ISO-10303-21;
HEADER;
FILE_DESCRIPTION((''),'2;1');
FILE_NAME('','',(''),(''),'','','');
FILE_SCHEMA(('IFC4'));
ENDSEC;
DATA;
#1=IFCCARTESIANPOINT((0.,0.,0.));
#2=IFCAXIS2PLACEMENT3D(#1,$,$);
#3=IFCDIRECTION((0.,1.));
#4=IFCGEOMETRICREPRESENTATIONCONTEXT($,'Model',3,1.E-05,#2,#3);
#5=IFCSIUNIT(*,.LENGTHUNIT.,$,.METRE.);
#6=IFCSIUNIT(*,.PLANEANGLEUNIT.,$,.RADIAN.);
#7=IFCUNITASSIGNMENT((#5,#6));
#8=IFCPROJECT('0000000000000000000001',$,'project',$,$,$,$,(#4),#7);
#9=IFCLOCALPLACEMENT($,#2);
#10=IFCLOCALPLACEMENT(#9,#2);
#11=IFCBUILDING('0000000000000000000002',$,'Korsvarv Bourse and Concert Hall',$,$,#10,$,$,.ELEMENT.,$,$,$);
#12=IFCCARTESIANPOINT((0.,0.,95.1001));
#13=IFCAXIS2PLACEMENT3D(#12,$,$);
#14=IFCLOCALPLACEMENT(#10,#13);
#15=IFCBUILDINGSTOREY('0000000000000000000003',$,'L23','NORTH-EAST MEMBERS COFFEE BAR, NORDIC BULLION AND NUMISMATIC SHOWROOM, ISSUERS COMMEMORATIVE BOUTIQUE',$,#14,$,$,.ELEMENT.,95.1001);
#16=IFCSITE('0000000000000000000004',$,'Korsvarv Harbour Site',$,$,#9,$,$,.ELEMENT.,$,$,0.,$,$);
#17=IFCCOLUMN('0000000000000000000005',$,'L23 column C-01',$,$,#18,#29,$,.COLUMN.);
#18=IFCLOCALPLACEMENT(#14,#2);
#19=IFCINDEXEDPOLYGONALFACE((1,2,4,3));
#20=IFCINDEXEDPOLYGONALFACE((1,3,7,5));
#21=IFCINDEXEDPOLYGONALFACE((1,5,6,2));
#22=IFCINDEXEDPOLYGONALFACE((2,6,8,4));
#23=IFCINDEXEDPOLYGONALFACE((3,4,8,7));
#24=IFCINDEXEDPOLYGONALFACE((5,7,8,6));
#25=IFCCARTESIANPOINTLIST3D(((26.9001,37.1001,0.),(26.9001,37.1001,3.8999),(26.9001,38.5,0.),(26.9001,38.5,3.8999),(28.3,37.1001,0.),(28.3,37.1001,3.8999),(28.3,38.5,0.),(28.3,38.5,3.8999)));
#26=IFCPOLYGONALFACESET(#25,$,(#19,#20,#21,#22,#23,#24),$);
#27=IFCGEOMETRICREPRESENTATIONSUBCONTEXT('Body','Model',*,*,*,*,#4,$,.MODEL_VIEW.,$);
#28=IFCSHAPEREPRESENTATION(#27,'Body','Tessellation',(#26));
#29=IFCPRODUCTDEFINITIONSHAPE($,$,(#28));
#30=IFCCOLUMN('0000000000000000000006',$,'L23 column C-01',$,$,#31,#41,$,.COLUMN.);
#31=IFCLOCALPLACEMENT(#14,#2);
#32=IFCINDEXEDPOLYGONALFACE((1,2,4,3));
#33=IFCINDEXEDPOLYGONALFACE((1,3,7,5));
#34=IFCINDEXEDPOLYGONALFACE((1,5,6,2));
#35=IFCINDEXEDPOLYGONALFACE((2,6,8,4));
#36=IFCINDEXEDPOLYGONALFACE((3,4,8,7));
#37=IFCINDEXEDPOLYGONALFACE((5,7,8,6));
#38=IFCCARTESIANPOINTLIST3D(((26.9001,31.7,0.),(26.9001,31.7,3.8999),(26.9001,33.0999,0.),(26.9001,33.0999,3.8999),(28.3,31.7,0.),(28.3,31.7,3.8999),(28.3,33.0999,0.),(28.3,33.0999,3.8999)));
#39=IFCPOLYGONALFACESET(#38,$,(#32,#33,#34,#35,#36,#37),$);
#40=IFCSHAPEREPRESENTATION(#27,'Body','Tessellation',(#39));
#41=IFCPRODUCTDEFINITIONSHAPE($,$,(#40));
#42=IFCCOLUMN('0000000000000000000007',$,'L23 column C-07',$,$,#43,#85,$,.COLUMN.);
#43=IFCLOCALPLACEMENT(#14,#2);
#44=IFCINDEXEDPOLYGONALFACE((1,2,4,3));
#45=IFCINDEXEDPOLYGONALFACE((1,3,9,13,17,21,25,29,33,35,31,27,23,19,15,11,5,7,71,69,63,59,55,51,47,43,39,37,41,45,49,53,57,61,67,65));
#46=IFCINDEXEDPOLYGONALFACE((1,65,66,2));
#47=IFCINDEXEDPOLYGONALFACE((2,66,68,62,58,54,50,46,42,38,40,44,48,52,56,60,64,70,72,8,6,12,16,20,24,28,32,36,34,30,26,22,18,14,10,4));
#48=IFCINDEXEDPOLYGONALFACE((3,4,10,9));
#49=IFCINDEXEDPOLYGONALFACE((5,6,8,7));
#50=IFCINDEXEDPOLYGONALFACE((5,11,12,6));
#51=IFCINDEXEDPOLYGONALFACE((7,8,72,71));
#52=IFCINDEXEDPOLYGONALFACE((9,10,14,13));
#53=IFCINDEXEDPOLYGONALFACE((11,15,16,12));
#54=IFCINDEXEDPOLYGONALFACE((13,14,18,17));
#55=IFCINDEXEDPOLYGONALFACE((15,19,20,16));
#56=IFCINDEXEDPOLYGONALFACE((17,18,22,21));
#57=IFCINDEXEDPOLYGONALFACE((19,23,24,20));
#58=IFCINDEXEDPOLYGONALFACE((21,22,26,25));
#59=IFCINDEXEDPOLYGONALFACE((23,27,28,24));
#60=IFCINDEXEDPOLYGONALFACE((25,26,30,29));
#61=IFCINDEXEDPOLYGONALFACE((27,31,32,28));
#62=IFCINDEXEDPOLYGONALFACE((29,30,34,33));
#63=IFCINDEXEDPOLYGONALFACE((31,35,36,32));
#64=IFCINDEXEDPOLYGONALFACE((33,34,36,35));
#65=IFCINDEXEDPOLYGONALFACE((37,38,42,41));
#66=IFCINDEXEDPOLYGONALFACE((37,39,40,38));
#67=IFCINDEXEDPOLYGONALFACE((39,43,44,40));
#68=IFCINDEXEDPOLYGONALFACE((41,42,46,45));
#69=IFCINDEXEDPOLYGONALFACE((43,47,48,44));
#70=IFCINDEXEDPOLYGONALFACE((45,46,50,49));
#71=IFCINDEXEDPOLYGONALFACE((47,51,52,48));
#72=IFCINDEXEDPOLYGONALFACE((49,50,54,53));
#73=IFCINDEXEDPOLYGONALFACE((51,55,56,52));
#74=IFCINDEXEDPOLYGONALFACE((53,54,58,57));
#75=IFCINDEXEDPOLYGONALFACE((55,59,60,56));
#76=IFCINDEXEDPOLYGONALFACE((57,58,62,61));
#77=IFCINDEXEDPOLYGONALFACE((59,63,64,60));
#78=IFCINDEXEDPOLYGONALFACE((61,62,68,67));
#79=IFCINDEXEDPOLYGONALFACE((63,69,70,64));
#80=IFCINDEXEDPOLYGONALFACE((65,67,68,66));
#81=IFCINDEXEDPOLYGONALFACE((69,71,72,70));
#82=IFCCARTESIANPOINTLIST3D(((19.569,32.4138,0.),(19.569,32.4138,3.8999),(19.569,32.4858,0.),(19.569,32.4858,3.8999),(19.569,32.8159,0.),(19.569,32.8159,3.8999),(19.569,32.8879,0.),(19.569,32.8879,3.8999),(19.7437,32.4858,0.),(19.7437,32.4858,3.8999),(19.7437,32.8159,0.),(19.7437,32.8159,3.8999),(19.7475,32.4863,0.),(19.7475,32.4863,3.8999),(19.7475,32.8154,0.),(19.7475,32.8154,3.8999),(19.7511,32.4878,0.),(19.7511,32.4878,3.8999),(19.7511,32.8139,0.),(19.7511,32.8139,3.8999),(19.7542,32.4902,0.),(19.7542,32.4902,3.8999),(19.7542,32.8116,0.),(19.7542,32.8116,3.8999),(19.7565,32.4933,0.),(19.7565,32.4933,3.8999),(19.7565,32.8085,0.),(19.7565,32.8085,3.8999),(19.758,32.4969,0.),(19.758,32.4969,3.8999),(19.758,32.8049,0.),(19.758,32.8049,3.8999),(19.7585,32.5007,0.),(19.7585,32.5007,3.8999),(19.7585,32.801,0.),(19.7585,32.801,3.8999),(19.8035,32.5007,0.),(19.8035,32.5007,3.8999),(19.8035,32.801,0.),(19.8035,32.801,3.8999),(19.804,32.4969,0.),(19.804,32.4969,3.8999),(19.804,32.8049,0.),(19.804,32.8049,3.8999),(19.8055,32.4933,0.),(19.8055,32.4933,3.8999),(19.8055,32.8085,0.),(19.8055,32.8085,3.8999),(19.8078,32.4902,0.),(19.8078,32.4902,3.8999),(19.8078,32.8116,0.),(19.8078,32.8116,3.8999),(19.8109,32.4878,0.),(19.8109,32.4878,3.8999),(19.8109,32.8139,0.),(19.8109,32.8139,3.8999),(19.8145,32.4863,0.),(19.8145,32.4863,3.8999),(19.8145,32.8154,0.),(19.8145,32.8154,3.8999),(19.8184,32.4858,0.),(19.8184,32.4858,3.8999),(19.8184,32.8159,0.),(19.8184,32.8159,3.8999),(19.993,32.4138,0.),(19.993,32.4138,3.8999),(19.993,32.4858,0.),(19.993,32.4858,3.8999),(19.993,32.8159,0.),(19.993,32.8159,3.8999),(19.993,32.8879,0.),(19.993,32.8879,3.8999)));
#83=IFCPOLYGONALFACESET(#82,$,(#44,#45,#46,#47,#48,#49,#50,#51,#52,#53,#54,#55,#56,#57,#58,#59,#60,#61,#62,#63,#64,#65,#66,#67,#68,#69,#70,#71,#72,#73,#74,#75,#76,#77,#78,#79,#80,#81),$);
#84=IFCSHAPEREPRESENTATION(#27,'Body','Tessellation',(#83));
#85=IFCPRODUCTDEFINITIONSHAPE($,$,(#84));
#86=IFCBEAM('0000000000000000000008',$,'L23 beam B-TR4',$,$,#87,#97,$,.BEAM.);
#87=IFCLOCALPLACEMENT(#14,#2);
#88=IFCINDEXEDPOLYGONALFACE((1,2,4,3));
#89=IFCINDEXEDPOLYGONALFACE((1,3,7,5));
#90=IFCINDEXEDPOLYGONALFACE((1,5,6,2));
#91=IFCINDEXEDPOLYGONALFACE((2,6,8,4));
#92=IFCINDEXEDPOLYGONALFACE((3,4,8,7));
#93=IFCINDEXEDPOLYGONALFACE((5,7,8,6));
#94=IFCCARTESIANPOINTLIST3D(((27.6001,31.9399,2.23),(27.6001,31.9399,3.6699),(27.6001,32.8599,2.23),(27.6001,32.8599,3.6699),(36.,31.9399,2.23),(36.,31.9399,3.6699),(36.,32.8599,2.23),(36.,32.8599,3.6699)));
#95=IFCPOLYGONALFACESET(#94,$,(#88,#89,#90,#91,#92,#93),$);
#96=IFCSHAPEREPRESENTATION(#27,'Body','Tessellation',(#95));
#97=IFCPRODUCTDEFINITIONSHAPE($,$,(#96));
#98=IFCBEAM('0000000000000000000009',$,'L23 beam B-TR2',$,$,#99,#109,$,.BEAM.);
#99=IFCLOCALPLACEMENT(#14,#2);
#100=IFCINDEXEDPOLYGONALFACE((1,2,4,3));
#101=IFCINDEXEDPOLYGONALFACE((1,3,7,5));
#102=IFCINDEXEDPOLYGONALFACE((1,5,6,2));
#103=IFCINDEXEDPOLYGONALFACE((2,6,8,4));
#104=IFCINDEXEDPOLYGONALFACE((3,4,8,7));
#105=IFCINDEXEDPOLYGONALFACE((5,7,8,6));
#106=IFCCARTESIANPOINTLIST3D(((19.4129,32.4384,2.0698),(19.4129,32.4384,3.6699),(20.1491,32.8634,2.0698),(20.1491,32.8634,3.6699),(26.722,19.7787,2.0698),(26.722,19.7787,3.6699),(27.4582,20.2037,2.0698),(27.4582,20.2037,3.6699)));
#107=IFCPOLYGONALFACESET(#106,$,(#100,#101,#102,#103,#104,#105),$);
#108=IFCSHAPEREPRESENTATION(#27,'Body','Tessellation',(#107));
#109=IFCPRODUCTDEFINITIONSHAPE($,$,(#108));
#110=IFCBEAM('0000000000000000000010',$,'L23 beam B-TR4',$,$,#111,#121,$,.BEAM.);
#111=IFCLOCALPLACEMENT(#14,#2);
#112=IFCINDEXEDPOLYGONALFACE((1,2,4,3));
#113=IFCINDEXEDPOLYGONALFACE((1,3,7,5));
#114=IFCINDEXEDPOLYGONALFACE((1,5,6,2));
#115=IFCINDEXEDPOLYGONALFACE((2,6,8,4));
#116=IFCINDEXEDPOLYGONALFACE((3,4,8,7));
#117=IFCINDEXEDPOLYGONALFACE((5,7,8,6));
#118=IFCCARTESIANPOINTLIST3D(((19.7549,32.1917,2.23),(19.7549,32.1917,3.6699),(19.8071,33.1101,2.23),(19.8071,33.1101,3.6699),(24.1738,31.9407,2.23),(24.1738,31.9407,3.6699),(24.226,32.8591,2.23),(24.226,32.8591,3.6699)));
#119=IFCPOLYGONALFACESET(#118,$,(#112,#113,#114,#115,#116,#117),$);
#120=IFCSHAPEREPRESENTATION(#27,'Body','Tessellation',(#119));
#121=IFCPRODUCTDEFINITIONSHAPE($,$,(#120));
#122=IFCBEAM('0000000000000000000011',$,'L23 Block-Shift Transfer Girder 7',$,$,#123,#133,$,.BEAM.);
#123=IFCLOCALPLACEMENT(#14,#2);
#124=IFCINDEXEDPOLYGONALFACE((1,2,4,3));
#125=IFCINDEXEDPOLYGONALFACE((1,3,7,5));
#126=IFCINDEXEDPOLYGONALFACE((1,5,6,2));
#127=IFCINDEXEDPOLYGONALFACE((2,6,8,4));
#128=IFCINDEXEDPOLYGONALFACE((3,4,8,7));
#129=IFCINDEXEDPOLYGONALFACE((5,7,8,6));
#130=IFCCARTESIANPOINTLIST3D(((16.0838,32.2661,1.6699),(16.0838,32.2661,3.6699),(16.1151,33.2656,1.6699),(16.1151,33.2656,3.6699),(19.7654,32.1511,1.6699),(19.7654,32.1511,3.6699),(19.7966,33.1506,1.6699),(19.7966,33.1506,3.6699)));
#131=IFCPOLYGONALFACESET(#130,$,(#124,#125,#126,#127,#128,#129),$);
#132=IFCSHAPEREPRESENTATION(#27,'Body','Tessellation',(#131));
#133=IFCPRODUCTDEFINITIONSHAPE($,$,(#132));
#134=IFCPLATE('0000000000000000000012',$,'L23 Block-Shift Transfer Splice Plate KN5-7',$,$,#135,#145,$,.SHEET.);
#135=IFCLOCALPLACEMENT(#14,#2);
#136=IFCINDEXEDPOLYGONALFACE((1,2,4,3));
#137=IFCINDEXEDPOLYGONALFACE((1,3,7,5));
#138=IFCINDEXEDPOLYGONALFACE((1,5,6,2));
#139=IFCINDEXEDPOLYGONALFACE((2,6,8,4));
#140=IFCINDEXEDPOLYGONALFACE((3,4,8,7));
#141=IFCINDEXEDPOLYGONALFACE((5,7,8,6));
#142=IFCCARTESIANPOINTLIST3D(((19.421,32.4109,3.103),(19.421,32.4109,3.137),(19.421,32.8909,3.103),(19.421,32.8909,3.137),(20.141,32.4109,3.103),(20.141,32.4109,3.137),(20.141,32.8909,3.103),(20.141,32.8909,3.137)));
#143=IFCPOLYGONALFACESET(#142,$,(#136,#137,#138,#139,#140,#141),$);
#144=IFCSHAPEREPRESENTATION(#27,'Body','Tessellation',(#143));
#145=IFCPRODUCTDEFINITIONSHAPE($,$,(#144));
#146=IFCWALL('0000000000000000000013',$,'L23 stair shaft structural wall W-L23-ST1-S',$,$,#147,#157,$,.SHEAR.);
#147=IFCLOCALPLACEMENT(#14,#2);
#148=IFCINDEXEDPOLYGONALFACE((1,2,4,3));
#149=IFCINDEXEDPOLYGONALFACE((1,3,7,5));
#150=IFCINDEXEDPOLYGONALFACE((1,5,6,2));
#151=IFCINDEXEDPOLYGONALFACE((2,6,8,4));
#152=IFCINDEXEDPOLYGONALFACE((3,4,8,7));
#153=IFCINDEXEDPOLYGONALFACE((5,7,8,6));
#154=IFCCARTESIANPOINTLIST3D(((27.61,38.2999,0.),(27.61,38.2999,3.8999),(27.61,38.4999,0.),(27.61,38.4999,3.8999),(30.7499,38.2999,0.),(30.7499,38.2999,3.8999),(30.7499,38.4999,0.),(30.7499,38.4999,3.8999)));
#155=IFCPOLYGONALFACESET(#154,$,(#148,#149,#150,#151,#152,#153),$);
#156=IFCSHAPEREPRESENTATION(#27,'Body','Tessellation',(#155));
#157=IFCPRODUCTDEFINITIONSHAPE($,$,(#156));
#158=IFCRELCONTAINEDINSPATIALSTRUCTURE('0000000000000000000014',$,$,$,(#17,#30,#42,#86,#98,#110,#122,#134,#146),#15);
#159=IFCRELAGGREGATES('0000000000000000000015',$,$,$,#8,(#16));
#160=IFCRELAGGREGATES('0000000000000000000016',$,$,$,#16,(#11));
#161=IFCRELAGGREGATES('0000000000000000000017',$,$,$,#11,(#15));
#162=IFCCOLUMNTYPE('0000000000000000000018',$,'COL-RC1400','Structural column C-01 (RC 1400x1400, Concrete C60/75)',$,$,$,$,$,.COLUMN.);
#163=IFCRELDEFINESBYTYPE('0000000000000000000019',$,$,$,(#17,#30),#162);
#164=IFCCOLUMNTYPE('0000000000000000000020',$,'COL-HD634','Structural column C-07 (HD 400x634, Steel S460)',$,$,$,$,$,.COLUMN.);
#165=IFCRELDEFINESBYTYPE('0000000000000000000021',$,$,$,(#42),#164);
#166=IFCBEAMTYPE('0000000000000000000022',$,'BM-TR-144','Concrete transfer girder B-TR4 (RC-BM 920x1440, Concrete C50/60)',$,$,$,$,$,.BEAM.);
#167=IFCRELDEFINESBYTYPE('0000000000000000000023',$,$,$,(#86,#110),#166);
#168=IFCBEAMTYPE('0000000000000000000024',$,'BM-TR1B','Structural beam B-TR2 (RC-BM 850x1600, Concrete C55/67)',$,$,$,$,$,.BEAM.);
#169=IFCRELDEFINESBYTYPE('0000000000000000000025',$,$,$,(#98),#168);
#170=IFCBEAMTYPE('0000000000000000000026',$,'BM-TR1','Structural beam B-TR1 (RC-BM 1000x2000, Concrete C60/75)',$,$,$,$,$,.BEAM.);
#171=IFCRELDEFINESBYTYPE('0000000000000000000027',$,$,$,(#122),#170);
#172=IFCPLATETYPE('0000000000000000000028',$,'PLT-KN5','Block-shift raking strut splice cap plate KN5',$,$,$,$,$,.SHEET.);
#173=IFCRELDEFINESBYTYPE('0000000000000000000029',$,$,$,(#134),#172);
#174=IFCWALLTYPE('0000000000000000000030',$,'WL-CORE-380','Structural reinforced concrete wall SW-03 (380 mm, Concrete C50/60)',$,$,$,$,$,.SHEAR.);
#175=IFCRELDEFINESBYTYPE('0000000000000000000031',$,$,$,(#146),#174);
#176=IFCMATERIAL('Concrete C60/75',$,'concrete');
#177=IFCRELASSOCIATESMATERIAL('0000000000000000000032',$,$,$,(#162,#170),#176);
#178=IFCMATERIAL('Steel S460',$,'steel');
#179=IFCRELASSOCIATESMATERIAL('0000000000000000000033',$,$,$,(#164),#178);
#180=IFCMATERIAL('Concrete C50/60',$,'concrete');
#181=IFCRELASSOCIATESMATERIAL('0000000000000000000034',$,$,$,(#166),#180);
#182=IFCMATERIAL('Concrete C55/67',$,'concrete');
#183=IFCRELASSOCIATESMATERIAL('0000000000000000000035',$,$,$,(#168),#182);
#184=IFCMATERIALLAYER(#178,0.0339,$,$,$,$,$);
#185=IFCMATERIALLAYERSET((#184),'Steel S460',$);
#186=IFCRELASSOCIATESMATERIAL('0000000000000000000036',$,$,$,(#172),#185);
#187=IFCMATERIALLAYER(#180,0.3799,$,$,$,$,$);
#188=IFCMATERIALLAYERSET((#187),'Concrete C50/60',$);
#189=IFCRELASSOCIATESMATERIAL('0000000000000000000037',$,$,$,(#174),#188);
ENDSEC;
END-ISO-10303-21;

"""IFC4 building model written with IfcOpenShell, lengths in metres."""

from ifc_helpers import new_model, si_unit, direction, frame, frame_2d, origin, origin_2d, place, context, subcontext, project, spatial, rectangle, i_section, extrude, source, transform, mapped, material, layer, layer_set, material_profile, profile_set, type_object, element, save


model = new_model("IFC4")

# Units and contexts
model_context = context("Model", 3, precision=1e-05, world=origin(), true_north=direction((0.0, 1.0)))
body_context = subcontext(model_context, "Body", "Model", "MODEL_VIEW")
ifc_project = project(units=[si_unit("LENGTHUNIT", "METRE"), si_unit("PLANEANGLEUNIT", "RADIAN")], contexts=[model_context])

# Site, building, storey
site_placement = place(None, origin())
site = spatial("IfcSite", under=ifc_project, at=site_placement, Name="Korsvarv Harbour Site", CompositionType="ELEMENT", RefElevation=0.0)
building_placement = place(site_placement, origin())
building = spatial("IfcBuilding", under=site, at=building_placement, Name="Korsvarv Bourse and Concert Hall", CompositionType="ELEMENT")
storey_placement = place(building_placement, frame((0.0, 0.0, 95.1001)))
storey = spatial("IfcBuildingStorey", under=building, at=storey_placement, Name="L23", Description="NORTH-EAST MEMBERS COFFEE BAR, NORDIC BULLION AND NUMISMATIC SHOWROOM, ISSUERS COMMEMORATIVE BOUTIQUE", CompositionType="ELEMENT", Elevation=95.1001)

# Columns
ifc_material_1 = material(Name="Concrete C60/75", Category="concrete")
ifc_material_profile_1 = material_profile(ifc_material_1, rectangle(XDim=1.3999, YDim=1.3999, at=origin_2d()), Name="RC 1400x1400")
ifc_profile_set_1 = profile_set([ifc_material_profile_1], Name="Concrete C60/75")
column_type_1 = type_object("IfcColumnType", Name="COL-RC1400", Description="Structural column C-01 (RC 1400x1400, Concrete C60/75)", PredefinedType="COLUMN", material=ifc_profile_set_1)
shared_shape_1 = source(origin(), body_context, "Body", "SweptSolid", [
    extrude(rectangle(XDim=1.3999, YDim=1.3999, at=origin_2d()), origin(), (0.0, 0.0, 1.0), 3.8999),
])
for number, where, z_axis, x_axis, name in (
    (1, (27.6001, 37.8, 0.0), (0.0, 0.0, 1.0), (1.0, 0.0, 0.0), "L23 column C-01"),
    (2, (27.6001, 32.3999, 0.0), (0.0, 0.0, 1.0), (1.0, 0.0, 0.0), "L23 column C-01"),
):
    element("IfcColumn", number, at=place(storey_placement, frame(where, z_axis=z_axis, x_axis=x_axis)), inside=storey, type_object=column_type_1, Name=name, PredefinedType="COLUMN", context=body_context, shape_type="MappedRepresentation", body=[
        mapped(shared_shape_1, transform((0.0, 0.0, 0.0), scale=1.0)),
    ])
ifc_material_2 = material(Name="Steel S460", Category="steel")
ifc_material_profile_2 = material_profile(ifc_material_2, i_section(OverallWidth=0.4241, OverallDepth=0.4741, WebThickness=0.0449, FlangeThickness=0.072, FilletRadius=0.0149, at=origin_2d()), Name="HD 400x634")
ifc_profile_set_2 = profile_set([ifc_material_profile_2], Name="Steel S460")
column_type_2 = type_object("IfcColumnType", Name="COL-HD634", Description="Structural column C-07 (HD 400x634, Steel S460)", PredefinedType="COLUMN", material=ifc_profile_set_2)
shared_shape_2 = source(origin(), body_context, "Body", "SweptSolid", [
    extrude(i_section(OverallWidth=0.4241, OverallDepth=0.4741, WebThickness=0.0449, FlangeThickness=0.072, FilletRadius=0.0149, at=origin_2d()), origin(), (0.0, 0.0, 1.0), 3.8999),
])
column_placement = place(storey_placement, frame((19.781, 32.6509, 0.0), z_axis=(0.0, 0.0, 1.0), x_axis=(1.0, 0.0, 0.0)))
element("IfcColumn", 3, at=column_placement, inside=storey, type_object=column_type_2, Name="L23 column C-07", PredefinedType="COLUMN", context=body_context, shape_type="MappedRepresentation", body=[
    mapped(shared_shape_2, transform((0.0, 0.0, 0.0), scale=1.0)),
])

# Beams
ifc_material_3 = material(Name="Concrete C50/60", Category="concrete")
ifc_material_profile_3 = material_profile(ifc_material_3, rectangle(XDim=0.9199, YDim=1.4399, at=origin_2d()), Name="RC-BM 920x1440")
ifc_profile_set_3 = profile_set([ifc_material_profile_3], Name="Concrete C50/60")
beam_type_1 = type_object("IfcBeamType", Name="BM-TR-144", Description="Concrete transfer girder B-TR4 (RC-BM 920x1440, Concrete C50/60)", PredefinedType="BEAM", material=ifc_profile_set_3)
shared_shape_3 = source(origin(), body_context, "Body", "SweptSolid", [
    extrude(rectangle(XDim=0.9199, YDim=1.4399, at=origin_2d()), origin(), (0.0, 0.0, 1.0), 8.3999),
])
beam_1_placement = place(storey_placement, frame((27.6001, 32.3999, 2.95), z_axis=(1.0, 0.0, 0.0), x_axis=(0.0, 1.0, 0.0)))
element("IfcBeam", 4, at=beam_1_placement, inside=storey, type_object=beam_type_1, Name="L23 beam B-TR4", PredefinedType="BEAM", context=body_context, shape_type="MappedRepresentation", body=[
    mapped(shared_shape_3, transform((0.0, 0.0, 0.0), scale=1.0)),
])
ifc_material_4 = material(Name="Concrete C55/67", Category="concrete")
ifc_material_profile_4 = material_profile(ifc_material_4, rectangle(XDim=0.8501, YDim=1.6001, at=origin_2d()), Name="RC-BM 850x1600")
ifc_profile_set_4 = profile_set([ifc_material_profile_4], Name="Concrete C55/67")
beam_type_2 = type_object("IfcBeamType", Name="BM-TR1B", Description="Structural beam B-TR2 (RC-BM 850x1600, Concrete C55/67)", PredefinedType="BEAM", material=ifc_profile_set_4)
shared_shape_4 = source(origin(), body_context, "Body", "SweptSolid", [
    extrude(rectangle(XDim=0.8501, YDim=1.6001, at=origin_2d()), origin(), (0.0, 0.0, 1.0), 14.6182),
])
beam_2_placement = place(storey_placement, frame((19.781, 32.6509, 2.8699), z_axis=(0.500001, -0.866025, 0.0), x_axis=(0.866025, 0.500001, 0.0)))
element("IfcBeam", 5, at=beam_2_placement, inside=storey, type_object=beam_type_2, Name="L23 beam B-TR2", PredefinedType="BEAM", context=body_context, shape_type="MappedRepresentation", body=[
    mapped(shared_shape_4, transform((0.0, 0.0, 0.0), scale=1.0)),
])
shared_shape_5 = source(origin(), body_context, "Body", "SweptSolid", [
    extrude(rectangle(XDim=0.9199, YDim=1.4399, at=origin_2d()), origin(), (0.0, 0.0, 1.0), 4.426),
])
beam_3_placement = place(storey_placement, frame((19.781, 32.6509, 2.95), z_axis=(0.998391, -0.056704, 0.0), x_axis=(0.056704, 0.998391, 0.0)))
element("IfcBeam", 6, at=beam_3_placement, inside=storey, type_object=beam_type_1, Name="L23 beam B-TR4", PredefinedType="BEAM", context=body_context, shape_type="MappedRepresentation", body=[
    mapped(shared_shape_5, transform((0.0, 0.0, 0.0), scale=1.0)),
])
ifc_material_profile_5 = material_profile(ifc_material_1, rectangle(XDim=1.0, YDim=2.0, at=origin_2d()), Name="RC-BM 1000x2000")
ifc_profile_set_5 = profile_set([ifc_material_profile_5], Name="Concrete C60/75")
beam_type_3 = type_object("IfcBeamType", Name="BM-TR1", Description="Structural beam B-TR1 (RC-BM 1000x2000, Concrete C60/75)", PredefinedType="BEAM", material=ifc_profile_set_5)
shared_shape_6 = source(origin(), body_context, "Body", "SweptSolid", [
    extrude(rectangle(XDim=1.0, YDim=2.0, at=origin_2d()), origin(), (0.0, 0.0, 1.0), 3.6833),
])
beam_4_placement = place(storey_placement, frame((19.781, 32.6509, 2.6699), z_axis=(-0.999513, 0.031218, 0.0), x_axis=(-0.031218, -0.999513, 0.0)))
element("IfcBeam", 7, at=beam_4_placement, inside=storey, type_object=beam_type_3, Name="L23 Block-Shift Transfer Girder 7", PredefinedType="BEAM", context=body_context, shape_type="MappedRepresentation", body=[
    mapped(shared_shape_6, transform((0.0, 0.0, 0.0), scale=1.0)),
])

# Plate
ifc_layer_1 = layer(ifc_material_2, 0.0339)
ifc_layer_set_1 = layer_set([ifc_layer_1], Name="Steel S460")
plate_type = type_object("IfcPlateType", Name="PLT-KN5", Description="Block-shift raking strut splice cap plate KN5", PredefinedType="SHEET", material=ifc_layer_set_1)
shared_shape_7 = source(origin(), body_context, "Body", "SweptSolid", [
    extrude(rectangle(XDim=0.72, YDim=0.48, at=origin_2d()), origin(), (0.0, 0.0, 1.0), 0.0339),
])
plate_placement = place(storey_placement, frame((19.781, 32.6509, 3.103), z_axis=(0.0, 0.0, 1.0), x_axis=(1.0, 0.0, 0.0)))
element("IfcPlate", 8, at=plate_placement, inside=storey, type_object=plate_type, Name="L23 Block-Shift Transfer Splice Plate KN5-7", PredefinedType="SHEET", context=body_context, shape_type="MappedRepresentation", body=[
    mapped(shared_shape_7, transform((0.0, 0.0, 0.0), scale=1.0)),
])

# Wall
ifc_layer_2 = layer(ifc_material_3, 0.3799)
ifc_layer_set_2 = layer_set([ifc_layer_2], Name="Concrete C50/60")
wall_type_1 = type_object("IfcWallType", Name="WL-CORE-380", Description="Structural reinforced concrete wall SW-03 (380 mm, Concrete C50/60)", PredefinedType="SHEAR", material=ifc_layer_set_2)
wall_1_placement = place(storey_placement, frame((27.6101, 38.3999, 0.0), z_axis=(0.0, 0.0, 1.0), x_axis=(1.0, 0.0, 0.0)))
element("IfcWall", 9, at=wall_1_placement, inside=storey, type_object=wall_type_1, Name="L23 stair shaft structural wall W-L23-ST1-S", PredefinedType="SHEAR", context=body_context, shape_type="SweptSolid", body=[
    extrude(rectangle(XDim=3.1399, YDim=0.2, at=frame_2d((1.5698, 0.0))), origin(), (0.0, 0.0, 1.0), 3.8999),
])

save(model, "model.ifc")
